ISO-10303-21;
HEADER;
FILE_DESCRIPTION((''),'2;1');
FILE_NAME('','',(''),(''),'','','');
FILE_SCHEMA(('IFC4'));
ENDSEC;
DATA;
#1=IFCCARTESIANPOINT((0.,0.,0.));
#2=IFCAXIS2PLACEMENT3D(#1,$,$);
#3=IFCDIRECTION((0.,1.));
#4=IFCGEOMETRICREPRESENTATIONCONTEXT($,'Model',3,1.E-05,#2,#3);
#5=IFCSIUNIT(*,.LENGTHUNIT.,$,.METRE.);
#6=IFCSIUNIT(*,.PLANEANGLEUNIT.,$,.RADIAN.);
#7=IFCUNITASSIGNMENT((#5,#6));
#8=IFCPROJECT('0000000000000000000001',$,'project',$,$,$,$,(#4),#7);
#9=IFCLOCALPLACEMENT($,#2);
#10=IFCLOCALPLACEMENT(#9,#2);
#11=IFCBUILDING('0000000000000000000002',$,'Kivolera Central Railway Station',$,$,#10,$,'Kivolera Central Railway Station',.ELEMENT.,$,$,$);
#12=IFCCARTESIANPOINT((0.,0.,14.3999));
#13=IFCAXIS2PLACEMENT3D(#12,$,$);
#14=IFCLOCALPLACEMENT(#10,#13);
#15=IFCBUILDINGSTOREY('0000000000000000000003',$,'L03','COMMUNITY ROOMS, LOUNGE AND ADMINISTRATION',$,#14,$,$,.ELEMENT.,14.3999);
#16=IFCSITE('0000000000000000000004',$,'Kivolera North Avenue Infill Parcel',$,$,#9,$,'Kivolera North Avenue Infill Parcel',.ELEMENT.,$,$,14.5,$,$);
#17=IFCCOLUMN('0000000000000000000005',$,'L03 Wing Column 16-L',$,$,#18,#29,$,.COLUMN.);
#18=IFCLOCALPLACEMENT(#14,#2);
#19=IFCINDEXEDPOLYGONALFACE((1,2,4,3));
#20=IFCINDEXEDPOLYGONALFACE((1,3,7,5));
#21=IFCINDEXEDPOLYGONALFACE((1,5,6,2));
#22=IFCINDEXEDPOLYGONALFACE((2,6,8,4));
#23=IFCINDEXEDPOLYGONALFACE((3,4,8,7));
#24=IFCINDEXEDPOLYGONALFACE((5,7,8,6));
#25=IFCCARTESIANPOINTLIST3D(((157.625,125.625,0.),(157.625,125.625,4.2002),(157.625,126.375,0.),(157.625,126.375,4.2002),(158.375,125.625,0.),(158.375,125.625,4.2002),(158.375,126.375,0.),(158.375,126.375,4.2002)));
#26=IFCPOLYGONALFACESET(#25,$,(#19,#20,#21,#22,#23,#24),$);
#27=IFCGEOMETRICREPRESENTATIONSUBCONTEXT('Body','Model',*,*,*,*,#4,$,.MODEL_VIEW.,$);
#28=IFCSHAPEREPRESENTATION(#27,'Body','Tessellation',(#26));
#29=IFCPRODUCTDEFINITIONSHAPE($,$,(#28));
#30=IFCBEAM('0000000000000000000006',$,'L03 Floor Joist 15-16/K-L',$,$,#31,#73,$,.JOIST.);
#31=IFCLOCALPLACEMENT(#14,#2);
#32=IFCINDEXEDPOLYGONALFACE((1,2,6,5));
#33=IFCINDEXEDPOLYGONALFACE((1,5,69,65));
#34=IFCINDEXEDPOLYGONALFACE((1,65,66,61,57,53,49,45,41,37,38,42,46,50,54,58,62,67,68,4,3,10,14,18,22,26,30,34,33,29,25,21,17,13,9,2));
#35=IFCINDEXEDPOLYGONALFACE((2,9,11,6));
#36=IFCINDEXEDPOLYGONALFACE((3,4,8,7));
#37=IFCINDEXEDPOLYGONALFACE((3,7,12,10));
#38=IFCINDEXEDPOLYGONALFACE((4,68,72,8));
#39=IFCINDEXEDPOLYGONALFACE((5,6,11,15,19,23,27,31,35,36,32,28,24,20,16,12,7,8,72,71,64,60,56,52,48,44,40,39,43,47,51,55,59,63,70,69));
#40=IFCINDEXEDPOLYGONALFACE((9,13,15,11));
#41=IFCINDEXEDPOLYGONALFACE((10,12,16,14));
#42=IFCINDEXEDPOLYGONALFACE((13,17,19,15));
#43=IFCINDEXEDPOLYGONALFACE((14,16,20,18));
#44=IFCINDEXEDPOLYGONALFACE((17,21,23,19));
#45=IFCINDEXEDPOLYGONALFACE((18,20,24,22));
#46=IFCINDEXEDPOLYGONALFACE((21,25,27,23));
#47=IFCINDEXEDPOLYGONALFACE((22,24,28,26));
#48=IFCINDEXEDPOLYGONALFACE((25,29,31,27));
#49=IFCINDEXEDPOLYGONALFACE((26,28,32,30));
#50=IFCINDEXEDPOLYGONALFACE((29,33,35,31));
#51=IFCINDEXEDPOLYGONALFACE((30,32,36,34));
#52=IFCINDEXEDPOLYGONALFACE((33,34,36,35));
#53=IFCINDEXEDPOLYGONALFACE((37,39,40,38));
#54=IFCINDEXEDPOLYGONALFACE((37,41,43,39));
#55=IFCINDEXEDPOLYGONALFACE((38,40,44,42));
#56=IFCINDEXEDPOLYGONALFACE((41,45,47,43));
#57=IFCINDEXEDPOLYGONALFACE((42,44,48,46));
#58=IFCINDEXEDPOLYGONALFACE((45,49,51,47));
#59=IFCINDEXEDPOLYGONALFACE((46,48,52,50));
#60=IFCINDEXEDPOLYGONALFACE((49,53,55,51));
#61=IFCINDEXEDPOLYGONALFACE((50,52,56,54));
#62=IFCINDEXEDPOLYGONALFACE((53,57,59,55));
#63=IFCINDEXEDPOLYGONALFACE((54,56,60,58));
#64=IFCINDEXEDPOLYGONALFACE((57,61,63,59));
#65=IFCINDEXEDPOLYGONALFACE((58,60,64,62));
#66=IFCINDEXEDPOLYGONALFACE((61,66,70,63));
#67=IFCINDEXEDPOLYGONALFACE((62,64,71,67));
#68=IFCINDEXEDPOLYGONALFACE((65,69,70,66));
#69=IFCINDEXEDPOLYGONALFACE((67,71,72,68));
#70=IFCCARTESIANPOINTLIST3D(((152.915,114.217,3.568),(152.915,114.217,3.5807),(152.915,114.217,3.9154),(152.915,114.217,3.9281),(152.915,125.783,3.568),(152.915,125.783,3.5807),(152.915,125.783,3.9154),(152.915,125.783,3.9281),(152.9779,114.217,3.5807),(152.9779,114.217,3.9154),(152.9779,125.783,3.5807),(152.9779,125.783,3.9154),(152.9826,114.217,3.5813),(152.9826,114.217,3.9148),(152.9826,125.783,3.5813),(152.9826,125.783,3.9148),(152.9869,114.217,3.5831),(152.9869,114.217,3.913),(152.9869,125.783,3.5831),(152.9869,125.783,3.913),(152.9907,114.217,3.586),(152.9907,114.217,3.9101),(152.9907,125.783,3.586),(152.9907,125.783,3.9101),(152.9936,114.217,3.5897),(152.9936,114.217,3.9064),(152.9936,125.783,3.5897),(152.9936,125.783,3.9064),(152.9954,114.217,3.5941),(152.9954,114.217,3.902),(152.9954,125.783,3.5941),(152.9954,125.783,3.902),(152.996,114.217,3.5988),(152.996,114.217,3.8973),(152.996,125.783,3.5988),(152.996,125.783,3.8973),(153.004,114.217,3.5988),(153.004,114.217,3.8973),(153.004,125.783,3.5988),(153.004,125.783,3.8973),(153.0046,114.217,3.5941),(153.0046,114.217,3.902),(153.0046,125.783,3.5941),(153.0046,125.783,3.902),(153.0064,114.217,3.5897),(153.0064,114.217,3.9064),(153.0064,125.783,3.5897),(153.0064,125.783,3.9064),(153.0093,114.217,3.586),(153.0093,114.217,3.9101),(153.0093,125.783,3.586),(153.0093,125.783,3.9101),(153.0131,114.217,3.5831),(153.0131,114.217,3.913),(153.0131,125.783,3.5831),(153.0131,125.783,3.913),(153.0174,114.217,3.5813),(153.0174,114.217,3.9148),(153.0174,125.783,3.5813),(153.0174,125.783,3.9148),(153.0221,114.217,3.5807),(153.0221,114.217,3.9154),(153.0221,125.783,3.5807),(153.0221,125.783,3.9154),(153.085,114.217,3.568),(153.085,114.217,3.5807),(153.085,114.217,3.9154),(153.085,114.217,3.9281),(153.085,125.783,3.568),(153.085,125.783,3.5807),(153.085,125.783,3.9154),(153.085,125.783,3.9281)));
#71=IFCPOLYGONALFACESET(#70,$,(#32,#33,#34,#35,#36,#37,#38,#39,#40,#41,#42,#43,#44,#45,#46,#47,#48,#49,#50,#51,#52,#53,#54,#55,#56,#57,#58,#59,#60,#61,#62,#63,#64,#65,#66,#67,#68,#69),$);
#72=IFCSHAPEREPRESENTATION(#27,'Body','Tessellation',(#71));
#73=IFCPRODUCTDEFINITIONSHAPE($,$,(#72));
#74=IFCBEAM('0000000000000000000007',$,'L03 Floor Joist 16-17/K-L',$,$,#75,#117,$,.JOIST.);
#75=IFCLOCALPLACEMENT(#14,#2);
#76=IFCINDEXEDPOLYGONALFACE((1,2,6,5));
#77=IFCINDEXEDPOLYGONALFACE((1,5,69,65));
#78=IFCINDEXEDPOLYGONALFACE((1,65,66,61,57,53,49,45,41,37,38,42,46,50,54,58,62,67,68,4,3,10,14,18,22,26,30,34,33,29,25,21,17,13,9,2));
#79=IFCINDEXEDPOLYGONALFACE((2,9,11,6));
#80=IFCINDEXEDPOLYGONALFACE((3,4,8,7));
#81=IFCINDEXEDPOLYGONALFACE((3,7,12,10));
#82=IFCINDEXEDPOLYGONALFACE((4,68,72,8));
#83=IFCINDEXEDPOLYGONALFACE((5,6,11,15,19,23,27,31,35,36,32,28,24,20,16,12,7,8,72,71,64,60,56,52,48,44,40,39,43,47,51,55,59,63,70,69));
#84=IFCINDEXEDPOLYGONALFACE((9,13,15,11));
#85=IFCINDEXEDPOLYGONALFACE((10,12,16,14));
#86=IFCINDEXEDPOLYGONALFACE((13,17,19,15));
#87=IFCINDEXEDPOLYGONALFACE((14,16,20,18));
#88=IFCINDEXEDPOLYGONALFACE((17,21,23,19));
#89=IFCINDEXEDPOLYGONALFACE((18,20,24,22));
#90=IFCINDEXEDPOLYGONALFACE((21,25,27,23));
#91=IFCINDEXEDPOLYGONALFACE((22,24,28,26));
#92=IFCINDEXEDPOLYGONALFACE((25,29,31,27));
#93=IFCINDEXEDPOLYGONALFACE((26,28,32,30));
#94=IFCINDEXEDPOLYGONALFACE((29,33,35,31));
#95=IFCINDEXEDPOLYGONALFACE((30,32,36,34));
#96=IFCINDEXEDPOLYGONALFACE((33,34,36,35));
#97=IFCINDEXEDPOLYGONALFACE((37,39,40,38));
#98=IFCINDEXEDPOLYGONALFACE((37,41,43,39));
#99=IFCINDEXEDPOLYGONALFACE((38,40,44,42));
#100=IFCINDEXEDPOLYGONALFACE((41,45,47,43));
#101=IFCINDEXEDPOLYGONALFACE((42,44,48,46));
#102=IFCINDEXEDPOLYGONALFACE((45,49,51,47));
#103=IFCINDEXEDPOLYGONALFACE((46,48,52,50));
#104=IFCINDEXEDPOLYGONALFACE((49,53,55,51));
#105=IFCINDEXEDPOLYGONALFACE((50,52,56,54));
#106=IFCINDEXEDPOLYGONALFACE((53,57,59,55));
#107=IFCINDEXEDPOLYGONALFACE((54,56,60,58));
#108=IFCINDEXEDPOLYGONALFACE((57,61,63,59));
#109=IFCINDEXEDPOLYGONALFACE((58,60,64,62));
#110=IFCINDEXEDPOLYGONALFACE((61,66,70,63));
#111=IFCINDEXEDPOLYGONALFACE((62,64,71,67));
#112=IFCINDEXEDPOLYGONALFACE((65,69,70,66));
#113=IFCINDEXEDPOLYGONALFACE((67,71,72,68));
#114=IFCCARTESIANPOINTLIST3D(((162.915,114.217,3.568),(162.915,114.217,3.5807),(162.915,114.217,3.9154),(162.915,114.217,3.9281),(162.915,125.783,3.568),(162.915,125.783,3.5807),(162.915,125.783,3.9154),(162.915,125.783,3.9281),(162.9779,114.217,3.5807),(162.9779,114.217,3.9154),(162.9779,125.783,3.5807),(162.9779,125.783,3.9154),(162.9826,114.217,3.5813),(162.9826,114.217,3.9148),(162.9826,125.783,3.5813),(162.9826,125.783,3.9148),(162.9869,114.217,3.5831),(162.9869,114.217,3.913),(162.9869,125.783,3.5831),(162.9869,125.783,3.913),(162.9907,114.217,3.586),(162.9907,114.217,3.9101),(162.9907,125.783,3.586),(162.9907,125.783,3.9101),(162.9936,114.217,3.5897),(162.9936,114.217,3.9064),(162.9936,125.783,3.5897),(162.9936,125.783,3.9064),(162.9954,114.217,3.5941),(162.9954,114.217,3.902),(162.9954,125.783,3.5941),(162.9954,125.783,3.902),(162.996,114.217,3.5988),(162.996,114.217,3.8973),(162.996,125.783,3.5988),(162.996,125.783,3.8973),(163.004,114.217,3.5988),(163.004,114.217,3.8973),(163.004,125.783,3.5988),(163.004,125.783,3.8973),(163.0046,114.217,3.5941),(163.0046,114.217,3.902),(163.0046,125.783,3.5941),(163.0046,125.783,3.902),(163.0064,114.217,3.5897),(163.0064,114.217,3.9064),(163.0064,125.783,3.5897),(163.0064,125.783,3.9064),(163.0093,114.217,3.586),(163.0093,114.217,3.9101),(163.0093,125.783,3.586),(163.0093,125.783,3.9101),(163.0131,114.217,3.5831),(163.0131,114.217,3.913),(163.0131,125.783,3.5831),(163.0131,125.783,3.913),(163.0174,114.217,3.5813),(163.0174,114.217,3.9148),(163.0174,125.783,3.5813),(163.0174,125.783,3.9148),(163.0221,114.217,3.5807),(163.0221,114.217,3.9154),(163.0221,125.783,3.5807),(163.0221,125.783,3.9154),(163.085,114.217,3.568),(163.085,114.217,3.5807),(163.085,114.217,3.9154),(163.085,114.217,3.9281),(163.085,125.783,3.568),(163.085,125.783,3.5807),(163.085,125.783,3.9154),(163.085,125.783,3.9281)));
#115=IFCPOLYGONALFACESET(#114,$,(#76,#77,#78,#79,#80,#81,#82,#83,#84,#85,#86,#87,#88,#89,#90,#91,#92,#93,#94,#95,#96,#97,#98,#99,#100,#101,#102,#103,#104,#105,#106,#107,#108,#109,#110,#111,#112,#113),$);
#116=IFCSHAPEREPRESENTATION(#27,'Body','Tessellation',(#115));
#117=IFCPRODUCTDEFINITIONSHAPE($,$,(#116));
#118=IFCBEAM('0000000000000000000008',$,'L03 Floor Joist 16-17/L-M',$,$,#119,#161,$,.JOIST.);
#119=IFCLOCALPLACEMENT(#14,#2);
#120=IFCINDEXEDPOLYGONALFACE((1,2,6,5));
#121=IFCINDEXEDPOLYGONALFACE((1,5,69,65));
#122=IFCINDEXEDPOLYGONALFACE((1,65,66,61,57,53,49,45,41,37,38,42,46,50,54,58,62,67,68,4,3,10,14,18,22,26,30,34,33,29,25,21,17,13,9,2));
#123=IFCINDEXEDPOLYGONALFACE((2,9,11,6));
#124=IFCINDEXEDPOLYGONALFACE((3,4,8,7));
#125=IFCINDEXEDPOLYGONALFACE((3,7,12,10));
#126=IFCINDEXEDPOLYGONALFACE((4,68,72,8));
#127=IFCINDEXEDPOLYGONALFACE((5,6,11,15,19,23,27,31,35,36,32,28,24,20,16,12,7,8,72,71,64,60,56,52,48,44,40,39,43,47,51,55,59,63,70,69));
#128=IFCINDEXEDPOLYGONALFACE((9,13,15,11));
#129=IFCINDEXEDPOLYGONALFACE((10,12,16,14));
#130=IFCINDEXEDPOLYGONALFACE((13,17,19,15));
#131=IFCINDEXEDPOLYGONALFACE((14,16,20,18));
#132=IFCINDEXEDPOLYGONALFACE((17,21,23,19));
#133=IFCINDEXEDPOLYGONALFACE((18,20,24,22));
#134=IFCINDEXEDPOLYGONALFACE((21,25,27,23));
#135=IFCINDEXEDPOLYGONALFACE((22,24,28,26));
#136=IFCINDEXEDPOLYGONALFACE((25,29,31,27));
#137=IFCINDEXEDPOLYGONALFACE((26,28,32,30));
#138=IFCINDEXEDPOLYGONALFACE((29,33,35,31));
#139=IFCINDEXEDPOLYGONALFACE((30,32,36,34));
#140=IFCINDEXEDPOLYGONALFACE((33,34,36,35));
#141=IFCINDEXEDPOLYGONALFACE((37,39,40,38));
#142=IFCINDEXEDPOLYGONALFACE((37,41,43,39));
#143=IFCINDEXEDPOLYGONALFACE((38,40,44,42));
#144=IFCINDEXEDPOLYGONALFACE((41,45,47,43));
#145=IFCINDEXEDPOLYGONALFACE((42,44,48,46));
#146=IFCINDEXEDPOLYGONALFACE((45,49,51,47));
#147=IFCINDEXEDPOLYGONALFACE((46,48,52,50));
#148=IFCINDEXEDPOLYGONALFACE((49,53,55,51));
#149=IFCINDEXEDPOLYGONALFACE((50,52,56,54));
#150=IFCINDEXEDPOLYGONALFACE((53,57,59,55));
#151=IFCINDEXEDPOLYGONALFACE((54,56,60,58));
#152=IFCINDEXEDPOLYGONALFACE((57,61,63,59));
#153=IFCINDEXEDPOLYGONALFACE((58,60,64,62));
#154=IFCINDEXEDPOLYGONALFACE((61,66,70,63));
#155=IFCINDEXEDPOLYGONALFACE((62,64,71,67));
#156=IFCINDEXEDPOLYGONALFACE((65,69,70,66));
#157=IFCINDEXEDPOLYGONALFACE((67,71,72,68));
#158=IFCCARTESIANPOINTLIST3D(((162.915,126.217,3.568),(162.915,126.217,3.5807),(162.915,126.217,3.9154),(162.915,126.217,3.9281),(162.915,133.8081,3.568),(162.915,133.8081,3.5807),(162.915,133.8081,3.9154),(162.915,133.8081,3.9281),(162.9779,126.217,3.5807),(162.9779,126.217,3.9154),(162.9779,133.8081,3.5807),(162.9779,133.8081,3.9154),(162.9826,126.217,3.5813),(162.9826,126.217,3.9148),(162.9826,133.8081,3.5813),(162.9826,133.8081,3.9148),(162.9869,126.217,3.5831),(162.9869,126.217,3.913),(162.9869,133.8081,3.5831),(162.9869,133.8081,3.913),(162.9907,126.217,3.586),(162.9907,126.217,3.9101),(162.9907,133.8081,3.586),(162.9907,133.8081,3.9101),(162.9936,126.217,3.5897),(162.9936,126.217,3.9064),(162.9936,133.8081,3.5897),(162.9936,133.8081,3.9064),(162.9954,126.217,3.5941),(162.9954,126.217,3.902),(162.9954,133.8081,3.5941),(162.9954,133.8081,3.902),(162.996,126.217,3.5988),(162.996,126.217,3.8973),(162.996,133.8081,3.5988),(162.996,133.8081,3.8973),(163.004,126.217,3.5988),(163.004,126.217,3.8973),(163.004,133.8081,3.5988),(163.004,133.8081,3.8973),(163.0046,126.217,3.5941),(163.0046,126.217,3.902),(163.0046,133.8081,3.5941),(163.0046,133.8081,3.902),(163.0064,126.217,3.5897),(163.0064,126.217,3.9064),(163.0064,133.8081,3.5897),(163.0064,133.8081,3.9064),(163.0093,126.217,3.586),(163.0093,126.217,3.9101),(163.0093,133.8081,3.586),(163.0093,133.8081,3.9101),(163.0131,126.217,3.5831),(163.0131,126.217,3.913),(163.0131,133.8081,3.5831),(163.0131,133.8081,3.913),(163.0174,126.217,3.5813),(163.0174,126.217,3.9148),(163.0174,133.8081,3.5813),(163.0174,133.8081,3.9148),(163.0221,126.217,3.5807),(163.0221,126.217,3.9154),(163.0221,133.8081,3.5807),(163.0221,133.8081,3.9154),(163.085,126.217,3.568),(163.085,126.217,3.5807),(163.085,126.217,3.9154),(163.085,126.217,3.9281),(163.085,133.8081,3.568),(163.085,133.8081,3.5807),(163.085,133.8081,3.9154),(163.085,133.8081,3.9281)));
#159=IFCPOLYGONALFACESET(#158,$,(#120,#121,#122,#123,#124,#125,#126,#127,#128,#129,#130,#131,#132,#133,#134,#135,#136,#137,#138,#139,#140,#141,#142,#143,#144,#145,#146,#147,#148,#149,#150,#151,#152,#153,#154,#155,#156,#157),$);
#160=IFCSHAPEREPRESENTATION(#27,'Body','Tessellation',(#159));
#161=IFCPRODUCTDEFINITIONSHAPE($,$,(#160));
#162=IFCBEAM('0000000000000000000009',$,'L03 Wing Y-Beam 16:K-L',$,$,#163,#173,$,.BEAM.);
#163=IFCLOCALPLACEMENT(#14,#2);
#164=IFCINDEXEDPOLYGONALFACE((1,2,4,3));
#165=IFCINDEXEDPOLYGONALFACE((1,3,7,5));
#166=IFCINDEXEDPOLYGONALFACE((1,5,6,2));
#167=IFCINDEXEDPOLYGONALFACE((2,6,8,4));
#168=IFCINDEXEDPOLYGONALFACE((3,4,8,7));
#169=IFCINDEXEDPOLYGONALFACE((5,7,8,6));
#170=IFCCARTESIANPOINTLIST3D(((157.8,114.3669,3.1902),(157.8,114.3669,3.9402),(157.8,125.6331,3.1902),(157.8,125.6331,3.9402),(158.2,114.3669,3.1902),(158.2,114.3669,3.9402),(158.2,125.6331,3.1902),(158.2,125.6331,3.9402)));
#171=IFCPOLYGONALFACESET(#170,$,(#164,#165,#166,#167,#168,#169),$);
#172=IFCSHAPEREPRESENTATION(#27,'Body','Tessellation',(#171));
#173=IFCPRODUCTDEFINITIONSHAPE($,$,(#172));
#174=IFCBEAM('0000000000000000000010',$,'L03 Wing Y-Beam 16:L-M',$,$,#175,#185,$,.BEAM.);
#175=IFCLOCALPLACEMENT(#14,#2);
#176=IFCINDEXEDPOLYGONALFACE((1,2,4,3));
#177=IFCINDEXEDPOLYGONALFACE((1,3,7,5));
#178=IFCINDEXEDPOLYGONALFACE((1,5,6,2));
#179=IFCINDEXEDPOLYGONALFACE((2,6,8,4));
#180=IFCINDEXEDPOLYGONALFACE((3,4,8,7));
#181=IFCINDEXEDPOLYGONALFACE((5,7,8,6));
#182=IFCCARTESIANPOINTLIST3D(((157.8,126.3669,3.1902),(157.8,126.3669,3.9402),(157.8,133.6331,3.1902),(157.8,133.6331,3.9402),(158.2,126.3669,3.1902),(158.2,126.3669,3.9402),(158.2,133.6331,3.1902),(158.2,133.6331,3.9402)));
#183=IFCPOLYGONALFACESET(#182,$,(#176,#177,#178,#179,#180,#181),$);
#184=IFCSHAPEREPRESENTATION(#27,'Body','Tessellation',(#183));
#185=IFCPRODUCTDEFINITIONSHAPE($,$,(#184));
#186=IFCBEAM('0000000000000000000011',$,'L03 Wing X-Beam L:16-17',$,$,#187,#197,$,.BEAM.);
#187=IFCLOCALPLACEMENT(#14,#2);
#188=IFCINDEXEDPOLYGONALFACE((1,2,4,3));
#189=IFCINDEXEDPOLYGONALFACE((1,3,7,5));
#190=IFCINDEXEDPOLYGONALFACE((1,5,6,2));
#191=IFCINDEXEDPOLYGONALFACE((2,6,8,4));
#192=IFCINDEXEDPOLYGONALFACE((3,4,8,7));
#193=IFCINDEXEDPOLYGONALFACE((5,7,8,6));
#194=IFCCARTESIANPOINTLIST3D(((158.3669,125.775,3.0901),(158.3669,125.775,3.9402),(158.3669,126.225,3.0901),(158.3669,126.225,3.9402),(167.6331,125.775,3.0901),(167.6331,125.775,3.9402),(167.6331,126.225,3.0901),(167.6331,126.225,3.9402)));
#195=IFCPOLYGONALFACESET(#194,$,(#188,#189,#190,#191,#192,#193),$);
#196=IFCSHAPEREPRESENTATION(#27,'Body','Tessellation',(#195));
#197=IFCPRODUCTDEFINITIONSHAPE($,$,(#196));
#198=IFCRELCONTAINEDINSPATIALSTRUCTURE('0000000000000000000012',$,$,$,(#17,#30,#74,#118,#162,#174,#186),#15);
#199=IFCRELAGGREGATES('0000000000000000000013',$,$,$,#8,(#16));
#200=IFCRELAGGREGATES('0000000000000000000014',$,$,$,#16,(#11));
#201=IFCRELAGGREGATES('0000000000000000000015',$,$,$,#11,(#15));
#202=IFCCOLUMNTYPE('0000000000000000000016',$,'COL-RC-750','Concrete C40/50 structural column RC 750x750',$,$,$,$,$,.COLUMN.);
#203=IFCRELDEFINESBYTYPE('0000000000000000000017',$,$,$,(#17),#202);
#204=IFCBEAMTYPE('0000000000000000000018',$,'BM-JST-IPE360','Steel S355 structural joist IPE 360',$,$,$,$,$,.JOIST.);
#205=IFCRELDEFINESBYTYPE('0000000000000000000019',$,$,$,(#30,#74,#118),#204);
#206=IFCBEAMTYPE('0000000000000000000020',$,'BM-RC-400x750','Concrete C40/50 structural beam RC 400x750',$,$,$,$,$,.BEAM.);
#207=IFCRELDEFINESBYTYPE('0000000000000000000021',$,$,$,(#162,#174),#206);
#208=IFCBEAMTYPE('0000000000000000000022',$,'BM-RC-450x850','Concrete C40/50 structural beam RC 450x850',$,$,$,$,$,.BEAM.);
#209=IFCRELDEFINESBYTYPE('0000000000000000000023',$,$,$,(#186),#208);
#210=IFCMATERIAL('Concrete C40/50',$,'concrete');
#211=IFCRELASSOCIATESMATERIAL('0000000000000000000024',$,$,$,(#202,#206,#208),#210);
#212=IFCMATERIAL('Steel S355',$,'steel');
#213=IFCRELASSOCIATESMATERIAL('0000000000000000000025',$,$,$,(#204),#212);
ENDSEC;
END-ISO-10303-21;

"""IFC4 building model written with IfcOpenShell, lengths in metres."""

from ifc_helpers import new_model, si_unit, direction, frame, origin, origin_2d, place, context, subcontext, project, spatial, rectangle, i_section, extrude, material, material_profile, profile_set, type_object, element, save


model = new_model("IFC4")

# Units and contexts
model_context = context("Model", 3, precision=1e-05, world=origin(), true_north=direction((0.0, 1.0)))
body_context = subcontext(model_context, "Body", "Model", "MODEL_VIEW")
ifc_project = project(units=[si_unit("LENGTHUNIT", "METRE"), si_unit("PLANEANGLEUNIT", "RADIAN")], contexts=[model_context])

# Site, building, storey
site_placement = place(None, origin())
site = spatial("IfcSite", under=ifc_project, at=site_placement, Name="Kivolera North Avenue Infill Parcel", LongName="Kivolera North Avenue Infill Parcel", CompositionType="ELEMENT", RefElevation=14.5)
building_placement = place(site_placement, origin())
building = spatial("IfcBuilding", under=site, at=building_placement, Name="Kivolera Central Railway Station", LongName="Kivolera Central Railway Station", CompositionType="ELEMENT")
storey_placement = place(building_placement, frame((0.0, 0.0, 14.3999)))
storey = spatial("IfcBuildingStorey", under=building, at=storey_placement, Name="L03", Description="COMMUNITY ROOMS, LOUNGE AND ADMINISTRATION", CompositionType="ELEMENT", Elevation=14.3999)

# Column
ifc_material_1 = material(Name="Concrete C40/50", Category="concrete")
ifc_material_profile_1 = material_profile(ifc_material_1, rectangle(XDim=0.75, YDim=0.75, at=origin_2d()), Name="RC 750x750")
ifc_profile_set_1 = profile_set([ifc_material_profile_1], Name="Concrete C40/50")
column_type = type_object("IfcColumnType", Name="COL-RC-750", Description="Concrete C40/50 structural column RC 750x750", PredefinedType="COLUMN", material=ifc_profile_set_1)
column_placement = place(storey_placement, frame((158.0, 126.0, 0.0), z_axis=(0.0, 0.0, 1.0), x_axis=(1.0, 0.0, 0.0)))
element("IfcColumn", 1, at=column_placement, inside=storey, type_object=column_type, Name="L03 Wing Column 16-L", PredefinedType="COLUMN", context=body_context, shape_type="SweptSolid", body=[
    extrude(rectangle(XDim=0.75, YDim=0.75, at=origin_2d()), origin(), (0.0, 0.0, 1.0), 4.2002),
])

# Beams
ifc_material_2 = material(Name="Steel S355", Category="steel")
ifc_material_profile_2 = material_profile(ifc_material_2, i_section(OverallWidth=0.1699, OverallDepth=0.3601, WebThickness=0.0081, FlangeThickness=0.0127, FilletRadius=0.0181, at=origin_2d()), Name="IPE 360")
ifc_profile_set_2 = profile_set([ifc_material_profile_2], Name="Steel S355")
beam_type_1 = type_object("IfcBeamType", Name="BM-JST-IPE360", Description="Steel S355 structural joist IPE 360", PredefinedType="JOIST", material=ifc_profile_set_2)
for number, where, z_axis, x_axis, name in (
    (2, (153.0, 114.217, 3.748), (0.0, 1.0, 0.0), (-1.0, 0.0, 0.0), "L03 Floor Joist 15-16/K-L"),
    (3, (163.0, 114.217, 3.748), (0.0, 1.0, 0.0), (-1.0, 0.0, 0.0), "L03 Floor Joist 16-17/K-L"),
):
    element("IfcBeam", number, at=place(storey_placement, frame(where, z_axis=z_axis, x_axis=x_axis)), inside=storey, type_object=beam_type_1, Name=name, PredefinedType="JOIST", context=body_context, shape_type="SweptSolid", body=[
        extrude(i_section(OverallWidth=0.1699, OverallDepth=0.3601, WebThickness=0.0081, FlangeThickness=0.0127, FilletRadius=0.0181, at=origin_2d()), origin(), (0.0, 0.0, 1.0), 11.5659),
    ])
beam_1_placement = place(storey_placement, frame((163.0, 126.217, 3.748), z_axis=(0.0, 1.0, 0.0), x_axis=(-1.0, 0.0, 0.0)))
element("IfcBeam", 4, at=beam_1_placement, inside=storey, type_object=beam_type_1, Name="L03 Floor Joist 16-17/L-M", PredefinedType="JOIST", context=body_context, shape_type="SweptSolid", body=[
    extrude(i_section(OverallWidth=0.1699, OverallDepth=0.3601, WebThickness=0.0081, FlangeThickness=0.0127, FilletRadius=0.0181, at=origin_2d()), origin(), (0.0, 0.0, 1.0), 7.5911),
])
ifc_material_profile_3 = material_profile(ifc_material_1, rectangle(XDim=0.3999, YDim=0.75, at=origin_2d()), Name="RC 400x750")
ifc_profile_set_3 = profile_set([ifc_material_profile_3], Name="Concrete C40/50")
beam_type_2 = type_object("IfcBeamType", Name="BM-RC-400x750", Description="Concrete C40/50 structural beam RC 400x750", PredefinedType="BEAM", material=ifc_profile_set_3)
beam_2_placement = place(storey_placement, frame((158.0, 114.3669, 3.5652), z_axis=(0.0, 1.0, 0.0), x_axis=(-1.0, 0.0, 0.0)))
element("IfcBeam", 5, at=beam_2_placement, inside=storey, type_object=beam_type_2, Name="L03 Wing Y-Beam 16:K-L", PredefinedType="BEAM", context=body_context, shape_type="SweptSolid", body=[
    extrude(rectangle(XDim=0.3999, YDim=0.75, at=origin_2d()), origin(), (0.0, 0.0, 1.0), 11.2661),
])
beam_3_placement = place(storey_placement, frame((158.0, 126.3669, 3.5652), z_axis=(0.0, 1.0, 0.0), x_axis=(-1.0, 0.0, 0.0)))
element("IfcBeam", 6, at=beam_3_placement, inside=storey, type_object=beam_type_2, Name="L03 Wing Y-Beam 16:L-M", PredefinedType="BEAM", context=body_context, shape_type="SweptSolid", body=[
    extrude(rectangle(XDim=0.3999, YDim=0.75, at=origin_2d()), origin(), (0.0, 0.0, 1.0), 7.2661),
])
ifc_material_profile_4 = material_profile(ifc_material_1, rectangle(XDim=0.45, YDim=0.8501, at=origin_2d()), Name="RC 450x850")
ifc_profile_set_4 = profile_set([ifc_material_profile_4], Name="Concrete C40/50")
beam_type_3 = type_object("IfcBeamType", Name="BM-RC-450x850", Description="Concrete C40/50 structural beam RC 450x850", PredefinedType="BEAM", material=ifc_profile_set_4)
beam_4_placement = place(storey_placement, frame((158.3669, 126.0, 3.5151), z_axis=(1.0, 0.0, 0.0), x_axis=(0.0, 1.0, 0.0)))
element("IfcBeam", 7, at=beam_4_placement, inside=storey, type_object=beam_type_3, Name="L03 Wing X-Beam L:16-17", PredefinedType="BEAM", context=body_context, shape_type="SweptSolid", body=[
    extrude(rectangle(XDim=0.45, YDim=0.8501, at=origin_2d()), origin(), (0.0, 0.0, 1.0), 9.2661),
])

save(model, "model.ifc")
